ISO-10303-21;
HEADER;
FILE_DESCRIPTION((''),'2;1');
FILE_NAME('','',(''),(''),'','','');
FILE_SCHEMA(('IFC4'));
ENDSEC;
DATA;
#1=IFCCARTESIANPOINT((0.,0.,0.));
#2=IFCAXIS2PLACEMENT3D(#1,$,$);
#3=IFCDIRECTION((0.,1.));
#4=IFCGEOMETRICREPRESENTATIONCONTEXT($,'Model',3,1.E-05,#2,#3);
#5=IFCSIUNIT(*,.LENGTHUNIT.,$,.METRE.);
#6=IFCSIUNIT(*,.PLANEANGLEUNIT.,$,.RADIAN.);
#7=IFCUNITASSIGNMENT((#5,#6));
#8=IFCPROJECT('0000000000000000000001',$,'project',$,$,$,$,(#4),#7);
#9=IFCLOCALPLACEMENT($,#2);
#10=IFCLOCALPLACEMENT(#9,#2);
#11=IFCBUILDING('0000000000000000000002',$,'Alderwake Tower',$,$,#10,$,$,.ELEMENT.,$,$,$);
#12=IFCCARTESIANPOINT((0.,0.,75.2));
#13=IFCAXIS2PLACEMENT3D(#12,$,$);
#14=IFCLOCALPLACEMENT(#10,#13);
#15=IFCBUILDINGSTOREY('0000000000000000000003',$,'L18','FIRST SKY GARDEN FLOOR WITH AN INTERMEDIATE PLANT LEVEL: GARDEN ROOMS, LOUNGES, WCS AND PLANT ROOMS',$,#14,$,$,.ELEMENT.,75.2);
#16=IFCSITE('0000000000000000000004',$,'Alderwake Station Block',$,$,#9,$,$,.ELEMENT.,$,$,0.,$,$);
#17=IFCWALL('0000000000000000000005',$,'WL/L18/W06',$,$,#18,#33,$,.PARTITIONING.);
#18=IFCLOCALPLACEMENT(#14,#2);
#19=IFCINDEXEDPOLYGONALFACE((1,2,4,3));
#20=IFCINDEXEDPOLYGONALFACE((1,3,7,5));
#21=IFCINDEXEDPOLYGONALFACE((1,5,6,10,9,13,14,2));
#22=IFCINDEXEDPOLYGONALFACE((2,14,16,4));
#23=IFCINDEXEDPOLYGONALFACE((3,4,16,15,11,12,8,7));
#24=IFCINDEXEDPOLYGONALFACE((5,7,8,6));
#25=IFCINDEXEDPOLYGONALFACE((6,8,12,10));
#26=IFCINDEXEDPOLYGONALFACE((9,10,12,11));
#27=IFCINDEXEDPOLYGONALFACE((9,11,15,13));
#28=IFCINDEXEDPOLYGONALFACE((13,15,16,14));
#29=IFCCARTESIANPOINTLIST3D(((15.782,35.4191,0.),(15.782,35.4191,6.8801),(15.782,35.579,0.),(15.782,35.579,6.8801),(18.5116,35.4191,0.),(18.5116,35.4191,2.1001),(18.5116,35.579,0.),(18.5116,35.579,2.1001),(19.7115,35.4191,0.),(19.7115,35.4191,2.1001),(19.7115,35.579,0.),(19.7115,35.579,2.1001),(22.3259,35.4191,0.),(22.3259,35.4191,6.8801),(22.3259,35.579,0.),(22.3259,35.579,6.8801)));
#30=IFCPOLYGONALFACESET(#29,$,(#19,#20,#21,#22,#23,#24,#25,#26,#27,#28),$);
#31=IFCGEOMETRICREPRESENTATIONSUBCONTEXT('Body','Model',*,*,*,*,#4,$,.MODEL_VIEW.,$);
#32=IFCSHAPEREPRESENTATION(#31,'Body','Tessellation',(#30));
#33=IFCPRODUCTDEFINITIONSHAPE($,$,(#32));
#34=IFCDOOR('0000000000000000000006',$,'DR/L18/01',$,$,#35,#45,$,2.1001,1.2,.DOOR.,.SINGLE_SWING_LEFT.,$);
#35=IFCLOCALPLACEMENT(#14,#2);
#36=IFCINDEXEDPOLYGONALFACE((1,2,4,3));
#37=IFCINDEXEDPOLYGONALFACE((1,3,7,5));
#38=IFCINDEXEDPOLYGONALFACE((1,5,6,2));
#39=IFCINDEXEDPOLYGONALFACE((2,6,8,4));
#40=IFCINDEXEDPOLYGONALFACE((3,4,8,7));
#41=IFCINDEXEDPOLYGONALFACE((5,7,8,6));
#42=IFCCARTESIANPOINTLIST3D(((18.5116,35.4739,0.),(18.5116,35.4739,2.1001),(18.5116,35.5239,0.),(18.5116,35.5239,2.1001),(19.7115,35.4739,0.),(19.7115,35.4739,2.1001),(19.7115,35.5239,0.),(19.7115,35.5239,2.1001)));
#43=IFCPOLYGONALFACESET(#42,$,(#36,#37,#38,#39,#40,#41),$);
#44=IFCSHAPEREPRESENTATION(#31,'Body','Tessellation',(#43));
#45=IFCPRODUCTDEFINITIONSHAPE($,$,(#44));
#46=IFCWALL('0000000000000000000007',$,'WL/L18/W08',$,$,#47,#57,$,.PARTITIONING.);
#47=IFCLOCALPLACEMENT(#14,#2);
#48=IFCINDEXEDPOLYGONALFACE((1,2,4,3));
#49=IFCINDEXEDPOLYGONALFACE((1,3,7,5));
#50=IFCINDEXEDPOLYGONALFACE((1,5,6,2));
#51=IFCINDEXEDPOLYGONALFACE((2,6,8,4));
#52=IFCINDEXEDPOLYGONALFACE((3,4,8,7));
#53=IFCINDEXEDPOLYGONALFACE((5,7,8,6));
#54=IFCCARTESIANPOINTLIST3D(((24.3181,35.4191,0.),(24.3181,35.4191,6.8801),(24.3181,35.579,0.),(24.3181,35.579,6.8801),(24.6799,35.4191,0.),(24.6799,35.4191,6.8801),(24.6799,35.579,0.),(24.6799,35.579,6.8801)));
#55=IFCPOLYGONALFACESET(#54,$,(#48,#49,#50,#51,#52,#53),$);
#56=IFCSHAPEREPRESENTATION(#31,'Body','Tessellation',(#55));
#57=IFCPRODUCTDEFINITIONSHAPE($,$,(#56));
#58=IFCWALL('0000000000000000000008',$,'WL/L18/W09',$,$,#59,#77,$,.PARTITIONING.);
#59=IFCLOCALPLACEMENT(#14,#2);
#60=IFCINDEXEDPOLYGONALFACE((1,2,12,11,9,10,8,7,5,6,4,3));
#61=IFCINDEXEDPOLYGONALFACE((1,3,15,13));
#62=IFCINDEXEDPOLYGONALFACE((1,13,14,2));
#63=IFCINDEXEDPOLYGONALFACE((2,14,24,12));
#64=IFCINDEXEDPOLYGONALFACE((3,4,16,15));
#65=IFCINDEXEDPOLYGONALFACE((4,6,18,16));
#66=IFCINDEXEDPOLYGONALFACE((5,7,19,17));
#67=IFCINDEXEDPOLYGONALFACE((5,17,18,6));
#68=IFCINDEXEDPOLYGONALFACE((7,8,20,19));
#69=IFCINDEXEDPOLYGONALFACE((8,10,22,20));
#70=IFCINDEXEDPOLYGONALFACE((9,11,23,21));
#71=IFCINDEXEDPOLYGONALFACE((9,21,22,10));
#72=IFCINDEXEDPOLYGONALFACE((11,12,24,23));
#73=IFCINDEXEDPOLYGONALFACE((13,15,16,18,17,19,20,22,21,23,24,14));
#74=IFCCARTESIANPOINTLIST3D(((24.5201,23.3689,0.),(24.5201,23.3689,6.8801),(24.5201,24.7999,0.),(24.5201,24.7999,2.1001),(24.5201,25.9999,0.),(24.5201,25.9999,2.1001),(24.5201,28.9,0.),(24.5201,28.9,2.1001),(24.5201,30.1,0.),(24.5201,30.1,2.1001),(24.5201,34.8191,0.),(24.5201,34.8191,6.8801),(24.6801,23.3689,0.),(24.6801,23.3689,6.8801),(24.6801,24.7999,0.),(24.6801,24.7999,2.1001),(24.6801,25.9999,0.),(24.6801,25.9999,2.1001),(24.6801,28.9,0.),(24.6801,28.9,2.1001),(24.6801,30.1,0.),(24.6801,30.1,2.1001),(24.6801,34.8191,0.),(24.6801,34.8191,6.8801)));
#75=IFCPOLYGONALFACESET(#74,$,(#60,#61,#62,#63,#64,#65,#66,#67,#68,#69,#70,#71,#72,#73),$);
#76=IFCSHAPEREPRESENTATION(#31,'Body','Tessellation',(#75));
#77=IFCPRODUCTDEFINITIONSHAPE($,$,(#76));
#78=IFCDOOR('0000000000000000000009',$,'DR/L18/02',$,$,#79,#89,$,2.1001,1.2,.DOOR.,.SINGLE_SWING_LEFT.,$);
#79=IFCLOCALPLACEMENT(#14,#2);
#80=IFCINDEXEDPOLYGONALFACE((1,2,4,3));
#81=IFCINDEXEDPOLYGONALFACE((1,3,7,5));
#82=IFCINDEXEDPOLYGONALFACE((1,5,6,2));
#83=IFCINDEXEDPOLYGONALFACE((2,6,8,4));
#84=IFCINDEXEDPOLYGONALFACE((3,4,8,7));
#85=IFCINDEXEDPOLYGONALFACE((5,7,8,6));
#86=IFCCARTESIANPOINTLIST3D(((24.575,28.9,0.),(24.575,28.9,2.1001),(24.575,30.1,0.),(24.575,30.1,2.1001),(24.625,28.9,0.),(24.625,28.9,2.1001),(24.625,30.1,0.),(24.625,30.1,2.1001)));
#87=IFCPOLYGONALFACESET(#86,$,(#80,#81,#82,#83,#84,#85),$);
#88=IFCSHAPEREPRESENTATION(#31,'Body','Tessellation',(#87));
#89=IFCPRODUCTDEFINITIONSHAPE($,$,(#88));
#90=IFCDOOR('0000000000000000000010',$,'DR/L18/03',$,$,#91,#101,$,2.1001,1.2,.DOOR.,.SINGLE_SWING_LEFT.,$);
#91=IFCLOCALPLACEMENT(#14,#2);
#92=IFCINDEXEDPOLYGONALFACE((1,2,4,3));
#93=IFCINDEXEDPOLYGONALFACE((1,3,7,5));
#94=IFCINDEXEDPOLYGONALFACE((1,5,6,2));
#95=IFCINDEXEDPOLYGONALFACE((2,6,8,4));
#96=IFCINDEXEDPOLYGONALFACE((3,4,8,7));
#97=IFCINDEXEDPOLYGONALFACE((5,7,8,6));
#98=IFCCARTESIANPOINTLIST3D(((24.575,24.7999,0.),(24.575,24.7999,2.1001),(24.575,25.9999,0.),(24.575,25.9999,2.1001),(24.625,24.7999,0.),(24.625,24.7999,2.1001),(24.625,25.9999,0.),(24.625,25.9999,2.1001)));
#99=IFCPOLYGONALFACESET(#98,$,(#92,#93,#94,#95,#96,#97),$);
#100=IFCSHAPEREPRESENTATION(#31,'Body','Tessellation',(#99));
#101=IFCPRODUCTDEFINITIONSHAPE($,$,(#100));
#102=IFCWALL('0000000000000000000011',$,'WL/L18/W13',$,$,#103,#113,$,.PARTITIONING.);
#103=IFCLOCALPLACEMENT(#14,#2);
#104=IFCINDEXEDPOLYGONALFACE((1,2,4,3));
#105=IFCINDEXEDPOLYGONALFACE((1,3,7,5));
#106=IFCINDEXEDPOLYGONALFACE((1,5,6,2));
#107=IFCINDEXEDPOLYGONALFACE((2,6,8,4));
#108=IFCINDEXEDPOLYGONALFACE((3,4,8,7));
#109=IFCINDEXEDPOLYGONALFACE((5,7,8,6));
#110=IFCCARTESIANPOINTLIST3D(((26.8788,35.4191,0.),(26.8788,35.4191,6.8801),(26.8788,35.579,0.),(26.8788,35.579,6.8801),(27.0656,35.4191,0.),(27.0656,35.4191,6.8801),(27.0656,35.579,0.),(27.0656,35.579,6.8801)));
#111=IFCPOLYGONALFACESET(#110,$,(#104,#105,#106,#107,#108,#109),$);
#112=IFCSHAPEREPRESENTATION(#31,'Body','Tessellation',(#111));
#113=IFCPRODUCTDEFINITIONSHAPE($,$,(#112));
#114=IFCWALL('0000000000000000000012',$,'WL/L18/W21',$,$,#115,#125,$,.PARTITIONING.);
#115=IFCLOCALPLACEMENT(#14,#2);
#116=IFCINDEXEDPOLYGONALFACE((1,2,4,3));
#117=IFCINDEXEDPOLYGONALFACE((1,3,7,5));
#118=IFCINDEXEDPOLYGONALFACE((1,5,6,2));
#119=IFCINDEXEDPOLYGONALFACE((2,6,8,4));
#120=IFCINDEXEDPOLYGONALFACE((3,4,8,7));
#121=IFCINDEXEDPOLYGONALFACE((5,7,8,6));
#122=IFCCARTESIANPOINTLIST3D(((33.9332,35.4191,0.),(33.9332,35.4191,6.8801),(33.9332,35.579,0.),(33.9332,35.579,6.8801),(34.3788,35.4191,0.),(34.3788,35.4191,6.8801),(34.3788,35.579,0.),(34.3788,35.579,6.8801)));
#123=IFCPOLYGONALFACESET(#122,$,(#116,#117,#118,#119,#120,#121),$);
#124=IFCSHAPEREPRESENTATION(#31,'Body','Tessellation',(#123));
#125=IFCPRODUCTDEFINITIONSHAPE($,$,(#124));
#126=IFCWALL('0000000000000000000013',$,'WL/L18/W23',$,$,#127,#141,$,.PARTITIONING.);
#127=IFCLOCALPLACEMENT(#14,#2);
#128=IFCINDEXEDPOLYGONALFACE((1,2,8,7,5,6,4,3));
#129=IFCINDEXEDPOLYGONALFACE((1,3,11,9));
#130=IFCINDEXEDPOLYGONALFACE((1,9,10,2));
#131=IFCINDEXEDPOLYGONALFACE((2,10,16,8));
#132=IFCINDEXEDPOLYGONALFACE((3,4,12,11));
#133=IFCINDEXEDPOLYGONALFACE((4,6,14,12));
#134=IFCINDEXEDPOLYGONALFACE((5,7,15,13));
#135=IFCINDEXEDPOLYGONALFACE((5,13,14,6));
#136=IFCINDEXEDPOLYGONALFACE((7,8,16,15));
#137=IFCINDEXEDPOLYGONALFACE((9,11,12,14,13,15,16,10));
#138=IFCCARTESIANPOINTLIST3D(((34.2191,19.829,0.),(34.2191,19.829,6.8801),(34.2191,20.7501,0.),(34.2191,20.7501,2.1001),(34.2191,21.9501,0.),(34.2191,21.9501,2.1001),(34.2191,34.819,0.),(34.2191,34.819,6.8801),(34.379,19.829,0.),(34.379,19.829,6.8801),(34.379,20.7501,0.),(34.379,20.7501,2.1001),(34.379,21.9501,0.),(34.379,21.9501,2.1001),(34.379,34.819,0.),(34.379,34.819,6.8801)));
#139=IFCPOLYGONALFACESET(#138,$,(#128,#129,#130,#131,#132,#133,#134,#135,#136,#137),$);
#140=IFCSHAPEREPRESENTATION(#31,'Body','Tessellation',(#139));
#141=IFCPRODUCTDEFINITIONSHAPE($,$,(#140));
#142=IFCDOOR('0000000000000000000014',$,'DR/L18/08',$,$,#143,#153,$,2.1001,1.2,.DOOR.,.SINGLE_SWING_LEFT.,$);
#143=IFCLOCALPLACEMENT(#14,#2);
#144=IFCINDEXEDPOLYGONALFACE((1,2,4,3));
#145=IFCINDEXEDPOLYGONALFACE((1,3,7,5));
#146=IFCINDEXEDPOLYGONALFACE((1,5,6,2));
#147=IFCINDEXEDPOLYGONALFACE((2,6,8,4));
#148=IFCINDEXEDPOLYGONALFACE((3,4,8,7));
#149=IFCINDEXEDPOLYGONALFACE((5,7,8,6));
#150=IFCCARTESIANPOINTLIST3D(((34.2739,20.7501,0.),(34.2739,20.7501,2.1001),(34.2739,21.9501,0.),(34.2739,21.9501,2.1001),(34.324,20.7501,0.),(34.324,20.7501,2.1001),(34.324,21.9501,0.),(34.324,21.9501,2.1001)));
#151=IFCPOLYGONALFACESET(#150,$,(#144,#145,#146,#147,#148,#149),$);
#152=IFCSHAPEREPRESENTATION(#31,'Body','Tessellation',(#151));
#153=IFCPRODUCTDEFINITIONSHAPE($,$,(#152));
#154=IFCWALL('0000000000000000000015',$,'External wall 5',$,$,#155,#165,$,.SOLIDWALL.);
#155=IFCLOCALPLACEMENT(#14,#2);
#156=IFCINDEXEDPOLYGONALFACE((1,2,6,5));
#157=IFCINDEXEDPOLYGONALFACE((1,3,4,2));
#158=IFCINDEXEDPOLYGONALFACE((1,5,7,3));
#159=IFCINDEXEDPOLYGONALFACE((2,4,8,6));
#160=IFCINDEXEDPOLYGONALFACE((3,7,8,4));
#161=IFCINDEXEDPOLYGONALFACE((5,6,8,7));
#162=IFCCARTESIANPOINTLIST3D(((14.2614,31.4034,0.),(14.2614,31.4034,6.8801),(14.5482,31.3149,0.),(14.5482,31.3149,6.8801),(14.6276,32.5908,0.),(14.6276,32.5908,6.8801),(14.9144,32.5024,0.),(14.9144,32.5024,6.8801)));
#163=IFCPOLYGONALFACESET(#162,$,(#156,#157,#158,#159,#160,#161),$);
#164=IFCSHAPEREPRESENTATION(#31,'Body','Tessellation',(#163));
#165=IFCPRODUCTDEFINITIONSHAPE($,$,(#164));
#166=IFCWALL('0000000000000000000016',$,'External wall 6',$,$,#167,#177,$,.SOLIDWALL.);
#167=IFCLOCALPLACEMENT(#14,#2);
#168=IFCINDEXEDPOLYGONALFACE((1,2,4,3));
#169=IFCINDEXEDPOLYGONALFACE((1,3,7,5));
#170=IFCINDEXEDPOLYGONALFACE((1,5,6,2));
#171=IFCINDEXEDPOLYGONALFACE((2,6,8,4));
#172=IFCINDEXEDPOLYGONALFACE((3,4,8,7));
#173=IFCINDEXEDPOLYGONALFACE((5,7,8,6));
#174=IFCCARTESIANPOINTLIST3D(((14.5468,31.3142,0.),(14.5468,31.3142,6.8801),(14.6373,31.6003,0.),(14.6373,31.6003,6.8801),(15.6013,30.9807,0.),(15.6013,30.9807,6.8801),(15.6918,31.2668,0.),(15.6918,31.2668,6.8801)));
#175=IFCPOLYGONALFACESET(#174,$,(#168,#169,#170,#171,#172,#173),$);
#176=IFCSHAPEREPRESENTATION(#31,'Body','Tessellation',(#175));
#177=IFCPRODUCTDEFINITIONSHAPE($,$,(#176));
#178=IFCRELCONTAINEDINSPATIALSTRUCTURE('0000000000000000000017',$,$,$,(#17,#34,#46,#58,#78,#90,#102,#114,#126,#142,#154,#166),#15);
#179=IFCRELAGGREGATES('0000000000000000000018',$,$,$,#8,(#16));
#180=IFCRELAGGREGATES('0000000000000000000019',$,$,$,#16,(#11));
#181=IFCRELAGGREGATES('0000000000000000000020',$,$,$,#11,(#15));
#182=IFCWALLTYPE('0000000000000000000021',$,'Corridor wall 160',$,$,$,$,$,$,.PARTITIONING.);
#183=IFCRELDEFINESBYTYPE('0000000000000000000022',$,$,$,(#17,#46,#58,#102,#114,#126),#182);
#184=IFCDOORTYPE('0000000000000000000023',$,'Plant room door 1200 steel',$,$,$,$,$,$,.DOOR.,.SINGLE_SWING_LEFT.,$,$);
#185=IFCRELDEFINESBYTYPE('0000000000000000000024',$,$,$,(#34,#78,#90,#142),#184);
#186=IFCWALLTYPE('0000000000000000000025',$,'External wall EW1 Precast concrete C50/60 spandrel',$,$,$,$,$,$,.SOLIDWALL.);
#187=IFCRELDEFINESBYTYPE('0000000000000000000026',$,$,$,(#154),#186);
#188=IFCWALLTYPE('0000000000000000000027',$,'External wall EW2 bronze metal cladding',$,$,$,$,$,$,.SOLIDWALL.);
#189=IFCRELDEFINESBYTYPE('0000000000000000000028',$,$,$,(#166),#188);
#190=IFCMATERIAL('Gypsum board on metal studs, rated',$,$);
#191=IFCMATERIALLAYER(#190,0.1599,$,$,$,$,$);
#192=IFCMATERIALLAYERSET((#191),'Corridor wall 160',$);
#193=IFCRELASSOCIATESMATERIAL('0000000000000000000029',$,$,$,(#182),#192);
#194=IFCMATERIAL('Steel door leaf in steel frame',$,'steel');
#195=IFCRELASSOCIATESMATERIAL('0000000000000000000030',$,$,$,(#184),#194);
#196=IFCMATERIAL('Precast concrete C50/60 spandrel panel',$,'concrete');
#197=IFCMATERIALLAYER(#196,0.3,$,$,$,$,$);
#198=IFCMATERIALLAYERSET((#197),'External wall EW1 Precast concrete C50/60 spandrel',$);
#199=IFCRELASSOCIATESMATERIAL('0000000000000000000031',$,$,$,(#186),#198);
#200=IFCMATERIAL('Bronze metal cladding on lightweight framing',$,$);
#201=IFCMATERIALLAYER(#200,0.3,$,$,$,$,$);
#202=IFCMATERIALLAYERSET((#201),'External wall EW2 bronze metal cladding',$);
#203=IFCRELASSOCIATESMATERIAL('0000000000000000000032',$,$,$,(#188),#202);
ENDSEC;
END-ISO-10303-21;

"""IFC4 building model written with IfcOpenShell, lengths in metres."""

from ifc_helpers import new_model, si_unit, direction, frame, frame_2d, origin, place, context, subcontext, project, spatial, rectangle, extrude, material, layer, layer_set, type_object, element, fill, save


model = new_model("IFC4")

# Units and contexts
model_context = context("Model", 3, precision=1e-05, world=origin(), true_north=direction((0.0, 1.0)))
body_context = subcontext(model_context, "Body", "Model", "MODEL_VIEW")
ifc_project = project(units=[si_unit("LENGTHUNIT", "METRE"), si_unit("PLANEANGLEUNIT", "RADIAN")], contexts=[model_context])

# Site, building, storey
site_placement = place(None, origin())
site = spatial("IfcSite", under=ifc_project, at=site_placement, Name="Alderwake Station Block", CompositionType="ELEMENT", RefElevation=0.0)
building_placement = place(site_placement, origin())
building = spatial("IfcBuilding", under=site, at=building_placement, Name="Alderwake Tower", CompositionType="ELEMENT")
storey_placement = place(building_placement, frame((0.0, 0.0, 75.2)))
storey = spatial("IfcBuildingStorey", under=building, at=storey_placement, Name="L18", Description="FIRST SKY GARDEN FLOOR WITH AN INTERMEDIATE PLANT LEVEL: GARDEN ROOMS, LOUNGES, WCS AND PLANT ROOMS", CompositionType="ELEMENT", Elevation=75.2)

# Wall, opening, door
ifc_material_1 = material(Name="Gypsum board on metal studs, rated")
ifc_layer_1 = layer(ifc_material_1, 0.1599)
ifc_layer_set_1 = layer_set([ifc_layer_1], Name="Corridor wall 160")
wall_type_1 = type_object("IfcWallType", Name="Corridor wall 160", PredefinedType="PARTITIONING", material=ifc_layer_set_1)
wall_1_placement = place(storey_placement, frame((15.782, 35.499, 0.0), z_axis=(0.0, 0.0, 1.0), x_axis=(1.0, 0.0, 0.0)))
wall_1 = element("IfcWall", 1, at=wall_1_placement, inside=storey, type_object=wall_type_1, Name="WL/L18/W06", PredefinedType="PARTITIONING", context=body_context, shape_type="SweptSolid", body=[
    extrude(rectangle(XDim=6.5439, YDim=0.1599, at=frame_2d((3.272, 0.0))), origin(), (0.0, 0.0, 1.0), 6.8801),
])
opening_1_placement = place(wall_1_placement, frame((2.7295, 0.0, 0.0)))
opening_1 = element("IfcOpeningElement", 2, at=opening_1_placement, cuts=wall_1, PredefinedType="OPENING", context=body_context, shape_type="SweptSolid", body=[
    extrude(rectangle(XDim=1.2, YDim=2.1001, at=frame_2d((0.6001, 1.05))), frame((0.0, 0.0898, 0.0), z_axis=(0.0, -1.0, 0.0), x_axis=(1.0, 0.0, 0.0)), (0.0, 0.0, 1.0), 0.1799),
])
ifc_material_2 = material(Name="Steel door leaf in steel frame", Category="steel")
door_type = type_object("IfcDoorType", Name="Plant room door 1200 steel", OperationType="SINGLE_SWING_LEFT", PredefinedType="DOOR", material=ifc_material_2)
door_1_placement = place(opening_1_placement, origin())
door_1 = element("IfcDoor", 3, at=door_1_placement, inside=storey, type_object=door_type, Name="DR/L18/01", OperationType="SINGLE_SWING_LEFT", OverallHeight=2.1001, OverallWidth=1.2, PredefinedType="DOOR", context=body_context, shape_type="SweptSolid", body=[
    extrude(rectangle(XDim=1.2, YDim=2.1001, at=frame_2d((0.6001, 1.05))), frame((0.0, 0.0249, 0.0), z_axis=(0.0, -1.0, 0.0), x_axis=(1.0, 0.0, 0.0)), (0.0, 0.0, 1.0), 0.05),
])
fill(opening_1, door_1)

# Wall
wall_2_placement = place(storey_placement, frame((24.3181, 35.499, 0.0), z_axis=(0.0, 0.0, 1.0), x_axis=(1.0, 0.0, 0.0)))
element("IfcWall", 4, at=wall_2_placement, inside=storey, type_object=wall_type_1, Name="WL/L18/W08", PredefinedType="PARTITIONING", context=body_context, shape_type="SweptSolid", body=[
    extrude(rectangle(XDim=0.3618, YDim=0.1599, at=frame_2d((0.1809, 0.0))), origin(), (0.0, 0.0, 1.0), 6.8801),
])

# Wall, openings, doors
wall_3_placement = place(storey_placement, frame((24.6001, 34.8191, 0.0), z_axis=(0.0, 0.0, 1.0), x_axis=(0.0, -1.0, 0.0)))
wall_3 = element("IfcWall", 5, at=wall_3_placement, inside=storey, type_object=wall_type_1, Name="WL/L18/W09", PredefinedType="PARTITIONING", context=body_context, shape_type="SweptSolid", body=[
    extrude(rectangle(XDim=11.4502, YDim=0.1599, at=frame_2d((5.7251, 0.0))), origin(), (0.0, 0.0, 1.0), 6.8801),
])
opening_2_placement = place(wall_3_placement, frame((4.719, 0.0, 0.0)))
opening_2 = element("IfcOpeningElement", 6, at=opening_2_placement, cuts=wall_3, PredefinedType="OPENING", context=body_context, shape_type="SweptSolid", body=[
    extrude(rectangle(XDim=1.2, YDim=2.1001, at=frame_2d((0.6001, 1.05))), frame((0.0, 0.0898, 0.0), z_axis=(0.0, -1.0, 0.0), x_axis=(1.0, 0.0, 0.0)), (0.0, 0.0, 1.0), 0.1799),
])
opening_3_placement = place(wall_3_placement, frame((8.8191, 0.0, 0.0)))
opening_3 = element("IfcOpeningElement", 7, at=opening_3_placement, cuts=wall_3, PredefinedType="OPENING", context=body_context, shape_type="SweptSolid", body=[
    extrude(rectangle(XDim=1.2, YDim=2.1001, at=frame_2d((0.6001, 1.05))), frame((0.0, 0.0898, 0.0), z_axis=(0.0, -1.0, 0.0), x_axis=(1.0, 0.0, 0.0)), (0.0, 0.0, 1.0), 0.1799),
])
door_2_placement = place(opening_2_placement, origin())
door_2 = element("IfcDoor", 8, at=door_2_placement, inside=storey, type_object=door_type, Name="DR/L18/02", OperationType="SINGLE_SWING_LEFT", OverallHeight=2.1001, OverallWidth=1.2, PredefinedType="DOOR", context=body_context, shape_type="SweptSolid", body=[
    extrude(rectangle(XDim=1.2, YDim=2.1001, at=frame_2d((0.6001, 1.05))), frame((0.0, 0.0249, 0.0), z_axis=(0.0, -1.0, 0.0), x_axis=(1.0, 0.0, 0.0)), (0.0, 0.0, 1.0), 0.05),
])
fill(opening_2, door_2)
door_3_placement = place(opening_3_placement, origin())
door_3 = element("IfcDoor", 9, at=door_3_placement, inside=storey, type_object=door_type, Name="DR/L18/03", OperationType="SINGLE_SWING_LEFT", OverallHeight=2.1001, OverallWidth=1.2, PredefinedType="DOOR", context=body_context, shape_type="SweptSolid", body=[
    extrude(rectangle(XDim=1.2, YDim=2.1001, at=frame_2d((0.6001, 1.05))), frame((0.0, 0.0249, 0.0), z_axis=(0.0, -1.0, 0.0), x_axis=(1.0, 0.0, 0.0)), (0.0, 0.0, 1.0), 0.05),
])
fill(opening_3, door_3)

# Walls
wall_4_placement = place(storey_placement, frame((26.8789, 35.499, 0.0), z_axis=(0.0, 0.0, 1.0), x_axis=(1.0, 0.0, 0.0)))
element("IfcWall", 10, at=wall_4_placement, inside=storey, type_object=wall_type_1, Name="WL/L18/W13", PredefinedType="PARTITIONING", context=body_context, shape_type="SweptSolid", body=[
    extrude(rectangle(XDim=0.1868, YDim=0.1599, at=frame_2d((0.0933, 0.0))), origin(), (0.0, 0.0, 1.0), 6.8801),
])
wall_5_placement = place(storey_placement, frame((33.9333, 35.499, 0.0), z_axis=(0.0, 0.0, 1.0), x_axis=(1.0, 0.0, 0.0)))
element("IfcWall", 11, at=wall_5_placement, inside=storey, type_object=wall_type_1, Name="WL/L18/W21", PredefinedType="PARTITIONING", context=body_context, shape_type="SweptSolid", body=[
    extrude(rectangle(XDim=0.4456, YDim=0.1599, at=frame_2d((0.2227, 0.0))), origin(), (0.0, 0.0, 1.0), 6.8801),
])

# Wall, opening, door
wall_6_placement = place(storey_placement, frame((34.2991, 34.8191, 0.0), z_axis=(0.0, 0.0, 1.0), x_axis=(0.0, -1.0, 0.0)))
wall_6 = element("IfcWall", 12, at=wall_6_placement, inside=storey, type_object=wall_type_1, Name="WL/L18/W23", PredefinedType="PARTITIONING", context=body_context, shape_type="SweptSolid", body=[
    extrude(rectangle(XDim=14.99, YDim=0.1599, at=frame_2d((7.4951, 0.0))), origin(), (0.0, 0.0, 1.0), 6.8801),
])
opening_4_placement = place(wall_6_placement, frame((12.8689, 0.0, 0.0)))
opening_4 = element("IfcOpeningElement", 13, at=opening_4_placement, cuts=wall_6, PredefinedType="OPENING", context=body_context, shape_type="SweptSolid", body=[
    extrude(rectangle(XDim=1.2, YDim=2.1001, at=frame_2d((0.6001, 1.05))), frame((0.0, 0.0898, 0.0), z_axis=(0.0, -1.0, 0.0), x_axis=(1.0, 0.0, 0.0)), (0.0, 0.0, 1.0), 0.1799),
])
door_4_placement = place(opening_4_placement, origin())
door_4 = element("IfcDoor", 14, at=door_4_placement, inside=storey, type_object=door_type, Name="DR/L18/08", OperationType="SINGLE_SWING_LEFT", OverallHeight=2.1001, OverallWidth=1.2, PredefinedType="DOOR", context=body_context, shape_type="SweptSolid", body=[
    extrude(rectangle(XDim=1.2, YDim=2.1001, at=frame_2d((0.6001, 1.05))), frame((0.0, 0.0249, 0.0), z_axis=(0.0, -1.0, 0.0), x_axis=(1.0, 0.0, 0.0)), (0.0, 0.0, 1.0), 0.05),
])
fill(opening_4, door_4)

# Walls
ifc_material_3 = material(Name="Precast concrete C50/60 spandrel panel", Category="concrete")
ifc_layer_2 = layer(ifc_material_3, 0.3)
ifc_layer_set_2 = layer_set([ifc_layer_2], Name="External wall EW1 Precast concrete C50/60 spandrel")
wall_type_2 = type_object("IfcWallType", Name="External wall EW1 Precast concrete C50/60 spandrel", PredefinedType="SOLIDWALL", material=ifc_layer_set_2)
wall_7_placement = place(storey_placement, frame((14.771, 32.5466, 0.0), z_axis=(0.0, 0.0, 1.0), x_axis=(-0.294693, -0.955592, 0.0)))
element("IfcWall", 15, at=wall_7_placement, inside=storey, type_object=wall_type_2, Name="External wall 5", PredefinedType="SOLIDWALL", context=body_context, shape_type="SweptSolid", body=[
    extrude(rectangle(XDim=1.2427, YDim=0.3, at=frame_2d((0.6213, 0.0))), origin(), (0.0, 0.0, 1.0), 6.8801),
])
ifc_material_4 = material(Name="Bronze metal cladding on lightweight framing")
ifc_layer_3 = layer(ifc_material_4, 0.3)
ifc_layer_set_3 = layer_set([ifc_layer_3], Name="External wall EW2 bronze metal cladding")
wall_type_3 = type_object("IfcWallType", Name="External wall EW2 bronze metal cladding", PredefinedType="SOLIDWALL", material=ifc_layer_set_3)
wall_8_placement = place(storey_placement, frame((14.592, 31.4573, 0.0), z_axis=(0.0, 0.0, 1.0), x_axis=(0.953449, -0.301554, 0.0)))
element("IfcWall", 16, at=wall_8_placement, inside=storey, type_object=wall_type_3, Name="External wall 6", PredefinedType="SOLIDWALL", context=body_context, shape_type="SweptSolid", body=[
    extrude(rectangle(XDim=1.106, YDim=0.3, at=frame_2d((0.553, 0.0))), origin(), (0.0, 0.0, 1.0), 6.8801),
])

save(model, "model.ifc")
